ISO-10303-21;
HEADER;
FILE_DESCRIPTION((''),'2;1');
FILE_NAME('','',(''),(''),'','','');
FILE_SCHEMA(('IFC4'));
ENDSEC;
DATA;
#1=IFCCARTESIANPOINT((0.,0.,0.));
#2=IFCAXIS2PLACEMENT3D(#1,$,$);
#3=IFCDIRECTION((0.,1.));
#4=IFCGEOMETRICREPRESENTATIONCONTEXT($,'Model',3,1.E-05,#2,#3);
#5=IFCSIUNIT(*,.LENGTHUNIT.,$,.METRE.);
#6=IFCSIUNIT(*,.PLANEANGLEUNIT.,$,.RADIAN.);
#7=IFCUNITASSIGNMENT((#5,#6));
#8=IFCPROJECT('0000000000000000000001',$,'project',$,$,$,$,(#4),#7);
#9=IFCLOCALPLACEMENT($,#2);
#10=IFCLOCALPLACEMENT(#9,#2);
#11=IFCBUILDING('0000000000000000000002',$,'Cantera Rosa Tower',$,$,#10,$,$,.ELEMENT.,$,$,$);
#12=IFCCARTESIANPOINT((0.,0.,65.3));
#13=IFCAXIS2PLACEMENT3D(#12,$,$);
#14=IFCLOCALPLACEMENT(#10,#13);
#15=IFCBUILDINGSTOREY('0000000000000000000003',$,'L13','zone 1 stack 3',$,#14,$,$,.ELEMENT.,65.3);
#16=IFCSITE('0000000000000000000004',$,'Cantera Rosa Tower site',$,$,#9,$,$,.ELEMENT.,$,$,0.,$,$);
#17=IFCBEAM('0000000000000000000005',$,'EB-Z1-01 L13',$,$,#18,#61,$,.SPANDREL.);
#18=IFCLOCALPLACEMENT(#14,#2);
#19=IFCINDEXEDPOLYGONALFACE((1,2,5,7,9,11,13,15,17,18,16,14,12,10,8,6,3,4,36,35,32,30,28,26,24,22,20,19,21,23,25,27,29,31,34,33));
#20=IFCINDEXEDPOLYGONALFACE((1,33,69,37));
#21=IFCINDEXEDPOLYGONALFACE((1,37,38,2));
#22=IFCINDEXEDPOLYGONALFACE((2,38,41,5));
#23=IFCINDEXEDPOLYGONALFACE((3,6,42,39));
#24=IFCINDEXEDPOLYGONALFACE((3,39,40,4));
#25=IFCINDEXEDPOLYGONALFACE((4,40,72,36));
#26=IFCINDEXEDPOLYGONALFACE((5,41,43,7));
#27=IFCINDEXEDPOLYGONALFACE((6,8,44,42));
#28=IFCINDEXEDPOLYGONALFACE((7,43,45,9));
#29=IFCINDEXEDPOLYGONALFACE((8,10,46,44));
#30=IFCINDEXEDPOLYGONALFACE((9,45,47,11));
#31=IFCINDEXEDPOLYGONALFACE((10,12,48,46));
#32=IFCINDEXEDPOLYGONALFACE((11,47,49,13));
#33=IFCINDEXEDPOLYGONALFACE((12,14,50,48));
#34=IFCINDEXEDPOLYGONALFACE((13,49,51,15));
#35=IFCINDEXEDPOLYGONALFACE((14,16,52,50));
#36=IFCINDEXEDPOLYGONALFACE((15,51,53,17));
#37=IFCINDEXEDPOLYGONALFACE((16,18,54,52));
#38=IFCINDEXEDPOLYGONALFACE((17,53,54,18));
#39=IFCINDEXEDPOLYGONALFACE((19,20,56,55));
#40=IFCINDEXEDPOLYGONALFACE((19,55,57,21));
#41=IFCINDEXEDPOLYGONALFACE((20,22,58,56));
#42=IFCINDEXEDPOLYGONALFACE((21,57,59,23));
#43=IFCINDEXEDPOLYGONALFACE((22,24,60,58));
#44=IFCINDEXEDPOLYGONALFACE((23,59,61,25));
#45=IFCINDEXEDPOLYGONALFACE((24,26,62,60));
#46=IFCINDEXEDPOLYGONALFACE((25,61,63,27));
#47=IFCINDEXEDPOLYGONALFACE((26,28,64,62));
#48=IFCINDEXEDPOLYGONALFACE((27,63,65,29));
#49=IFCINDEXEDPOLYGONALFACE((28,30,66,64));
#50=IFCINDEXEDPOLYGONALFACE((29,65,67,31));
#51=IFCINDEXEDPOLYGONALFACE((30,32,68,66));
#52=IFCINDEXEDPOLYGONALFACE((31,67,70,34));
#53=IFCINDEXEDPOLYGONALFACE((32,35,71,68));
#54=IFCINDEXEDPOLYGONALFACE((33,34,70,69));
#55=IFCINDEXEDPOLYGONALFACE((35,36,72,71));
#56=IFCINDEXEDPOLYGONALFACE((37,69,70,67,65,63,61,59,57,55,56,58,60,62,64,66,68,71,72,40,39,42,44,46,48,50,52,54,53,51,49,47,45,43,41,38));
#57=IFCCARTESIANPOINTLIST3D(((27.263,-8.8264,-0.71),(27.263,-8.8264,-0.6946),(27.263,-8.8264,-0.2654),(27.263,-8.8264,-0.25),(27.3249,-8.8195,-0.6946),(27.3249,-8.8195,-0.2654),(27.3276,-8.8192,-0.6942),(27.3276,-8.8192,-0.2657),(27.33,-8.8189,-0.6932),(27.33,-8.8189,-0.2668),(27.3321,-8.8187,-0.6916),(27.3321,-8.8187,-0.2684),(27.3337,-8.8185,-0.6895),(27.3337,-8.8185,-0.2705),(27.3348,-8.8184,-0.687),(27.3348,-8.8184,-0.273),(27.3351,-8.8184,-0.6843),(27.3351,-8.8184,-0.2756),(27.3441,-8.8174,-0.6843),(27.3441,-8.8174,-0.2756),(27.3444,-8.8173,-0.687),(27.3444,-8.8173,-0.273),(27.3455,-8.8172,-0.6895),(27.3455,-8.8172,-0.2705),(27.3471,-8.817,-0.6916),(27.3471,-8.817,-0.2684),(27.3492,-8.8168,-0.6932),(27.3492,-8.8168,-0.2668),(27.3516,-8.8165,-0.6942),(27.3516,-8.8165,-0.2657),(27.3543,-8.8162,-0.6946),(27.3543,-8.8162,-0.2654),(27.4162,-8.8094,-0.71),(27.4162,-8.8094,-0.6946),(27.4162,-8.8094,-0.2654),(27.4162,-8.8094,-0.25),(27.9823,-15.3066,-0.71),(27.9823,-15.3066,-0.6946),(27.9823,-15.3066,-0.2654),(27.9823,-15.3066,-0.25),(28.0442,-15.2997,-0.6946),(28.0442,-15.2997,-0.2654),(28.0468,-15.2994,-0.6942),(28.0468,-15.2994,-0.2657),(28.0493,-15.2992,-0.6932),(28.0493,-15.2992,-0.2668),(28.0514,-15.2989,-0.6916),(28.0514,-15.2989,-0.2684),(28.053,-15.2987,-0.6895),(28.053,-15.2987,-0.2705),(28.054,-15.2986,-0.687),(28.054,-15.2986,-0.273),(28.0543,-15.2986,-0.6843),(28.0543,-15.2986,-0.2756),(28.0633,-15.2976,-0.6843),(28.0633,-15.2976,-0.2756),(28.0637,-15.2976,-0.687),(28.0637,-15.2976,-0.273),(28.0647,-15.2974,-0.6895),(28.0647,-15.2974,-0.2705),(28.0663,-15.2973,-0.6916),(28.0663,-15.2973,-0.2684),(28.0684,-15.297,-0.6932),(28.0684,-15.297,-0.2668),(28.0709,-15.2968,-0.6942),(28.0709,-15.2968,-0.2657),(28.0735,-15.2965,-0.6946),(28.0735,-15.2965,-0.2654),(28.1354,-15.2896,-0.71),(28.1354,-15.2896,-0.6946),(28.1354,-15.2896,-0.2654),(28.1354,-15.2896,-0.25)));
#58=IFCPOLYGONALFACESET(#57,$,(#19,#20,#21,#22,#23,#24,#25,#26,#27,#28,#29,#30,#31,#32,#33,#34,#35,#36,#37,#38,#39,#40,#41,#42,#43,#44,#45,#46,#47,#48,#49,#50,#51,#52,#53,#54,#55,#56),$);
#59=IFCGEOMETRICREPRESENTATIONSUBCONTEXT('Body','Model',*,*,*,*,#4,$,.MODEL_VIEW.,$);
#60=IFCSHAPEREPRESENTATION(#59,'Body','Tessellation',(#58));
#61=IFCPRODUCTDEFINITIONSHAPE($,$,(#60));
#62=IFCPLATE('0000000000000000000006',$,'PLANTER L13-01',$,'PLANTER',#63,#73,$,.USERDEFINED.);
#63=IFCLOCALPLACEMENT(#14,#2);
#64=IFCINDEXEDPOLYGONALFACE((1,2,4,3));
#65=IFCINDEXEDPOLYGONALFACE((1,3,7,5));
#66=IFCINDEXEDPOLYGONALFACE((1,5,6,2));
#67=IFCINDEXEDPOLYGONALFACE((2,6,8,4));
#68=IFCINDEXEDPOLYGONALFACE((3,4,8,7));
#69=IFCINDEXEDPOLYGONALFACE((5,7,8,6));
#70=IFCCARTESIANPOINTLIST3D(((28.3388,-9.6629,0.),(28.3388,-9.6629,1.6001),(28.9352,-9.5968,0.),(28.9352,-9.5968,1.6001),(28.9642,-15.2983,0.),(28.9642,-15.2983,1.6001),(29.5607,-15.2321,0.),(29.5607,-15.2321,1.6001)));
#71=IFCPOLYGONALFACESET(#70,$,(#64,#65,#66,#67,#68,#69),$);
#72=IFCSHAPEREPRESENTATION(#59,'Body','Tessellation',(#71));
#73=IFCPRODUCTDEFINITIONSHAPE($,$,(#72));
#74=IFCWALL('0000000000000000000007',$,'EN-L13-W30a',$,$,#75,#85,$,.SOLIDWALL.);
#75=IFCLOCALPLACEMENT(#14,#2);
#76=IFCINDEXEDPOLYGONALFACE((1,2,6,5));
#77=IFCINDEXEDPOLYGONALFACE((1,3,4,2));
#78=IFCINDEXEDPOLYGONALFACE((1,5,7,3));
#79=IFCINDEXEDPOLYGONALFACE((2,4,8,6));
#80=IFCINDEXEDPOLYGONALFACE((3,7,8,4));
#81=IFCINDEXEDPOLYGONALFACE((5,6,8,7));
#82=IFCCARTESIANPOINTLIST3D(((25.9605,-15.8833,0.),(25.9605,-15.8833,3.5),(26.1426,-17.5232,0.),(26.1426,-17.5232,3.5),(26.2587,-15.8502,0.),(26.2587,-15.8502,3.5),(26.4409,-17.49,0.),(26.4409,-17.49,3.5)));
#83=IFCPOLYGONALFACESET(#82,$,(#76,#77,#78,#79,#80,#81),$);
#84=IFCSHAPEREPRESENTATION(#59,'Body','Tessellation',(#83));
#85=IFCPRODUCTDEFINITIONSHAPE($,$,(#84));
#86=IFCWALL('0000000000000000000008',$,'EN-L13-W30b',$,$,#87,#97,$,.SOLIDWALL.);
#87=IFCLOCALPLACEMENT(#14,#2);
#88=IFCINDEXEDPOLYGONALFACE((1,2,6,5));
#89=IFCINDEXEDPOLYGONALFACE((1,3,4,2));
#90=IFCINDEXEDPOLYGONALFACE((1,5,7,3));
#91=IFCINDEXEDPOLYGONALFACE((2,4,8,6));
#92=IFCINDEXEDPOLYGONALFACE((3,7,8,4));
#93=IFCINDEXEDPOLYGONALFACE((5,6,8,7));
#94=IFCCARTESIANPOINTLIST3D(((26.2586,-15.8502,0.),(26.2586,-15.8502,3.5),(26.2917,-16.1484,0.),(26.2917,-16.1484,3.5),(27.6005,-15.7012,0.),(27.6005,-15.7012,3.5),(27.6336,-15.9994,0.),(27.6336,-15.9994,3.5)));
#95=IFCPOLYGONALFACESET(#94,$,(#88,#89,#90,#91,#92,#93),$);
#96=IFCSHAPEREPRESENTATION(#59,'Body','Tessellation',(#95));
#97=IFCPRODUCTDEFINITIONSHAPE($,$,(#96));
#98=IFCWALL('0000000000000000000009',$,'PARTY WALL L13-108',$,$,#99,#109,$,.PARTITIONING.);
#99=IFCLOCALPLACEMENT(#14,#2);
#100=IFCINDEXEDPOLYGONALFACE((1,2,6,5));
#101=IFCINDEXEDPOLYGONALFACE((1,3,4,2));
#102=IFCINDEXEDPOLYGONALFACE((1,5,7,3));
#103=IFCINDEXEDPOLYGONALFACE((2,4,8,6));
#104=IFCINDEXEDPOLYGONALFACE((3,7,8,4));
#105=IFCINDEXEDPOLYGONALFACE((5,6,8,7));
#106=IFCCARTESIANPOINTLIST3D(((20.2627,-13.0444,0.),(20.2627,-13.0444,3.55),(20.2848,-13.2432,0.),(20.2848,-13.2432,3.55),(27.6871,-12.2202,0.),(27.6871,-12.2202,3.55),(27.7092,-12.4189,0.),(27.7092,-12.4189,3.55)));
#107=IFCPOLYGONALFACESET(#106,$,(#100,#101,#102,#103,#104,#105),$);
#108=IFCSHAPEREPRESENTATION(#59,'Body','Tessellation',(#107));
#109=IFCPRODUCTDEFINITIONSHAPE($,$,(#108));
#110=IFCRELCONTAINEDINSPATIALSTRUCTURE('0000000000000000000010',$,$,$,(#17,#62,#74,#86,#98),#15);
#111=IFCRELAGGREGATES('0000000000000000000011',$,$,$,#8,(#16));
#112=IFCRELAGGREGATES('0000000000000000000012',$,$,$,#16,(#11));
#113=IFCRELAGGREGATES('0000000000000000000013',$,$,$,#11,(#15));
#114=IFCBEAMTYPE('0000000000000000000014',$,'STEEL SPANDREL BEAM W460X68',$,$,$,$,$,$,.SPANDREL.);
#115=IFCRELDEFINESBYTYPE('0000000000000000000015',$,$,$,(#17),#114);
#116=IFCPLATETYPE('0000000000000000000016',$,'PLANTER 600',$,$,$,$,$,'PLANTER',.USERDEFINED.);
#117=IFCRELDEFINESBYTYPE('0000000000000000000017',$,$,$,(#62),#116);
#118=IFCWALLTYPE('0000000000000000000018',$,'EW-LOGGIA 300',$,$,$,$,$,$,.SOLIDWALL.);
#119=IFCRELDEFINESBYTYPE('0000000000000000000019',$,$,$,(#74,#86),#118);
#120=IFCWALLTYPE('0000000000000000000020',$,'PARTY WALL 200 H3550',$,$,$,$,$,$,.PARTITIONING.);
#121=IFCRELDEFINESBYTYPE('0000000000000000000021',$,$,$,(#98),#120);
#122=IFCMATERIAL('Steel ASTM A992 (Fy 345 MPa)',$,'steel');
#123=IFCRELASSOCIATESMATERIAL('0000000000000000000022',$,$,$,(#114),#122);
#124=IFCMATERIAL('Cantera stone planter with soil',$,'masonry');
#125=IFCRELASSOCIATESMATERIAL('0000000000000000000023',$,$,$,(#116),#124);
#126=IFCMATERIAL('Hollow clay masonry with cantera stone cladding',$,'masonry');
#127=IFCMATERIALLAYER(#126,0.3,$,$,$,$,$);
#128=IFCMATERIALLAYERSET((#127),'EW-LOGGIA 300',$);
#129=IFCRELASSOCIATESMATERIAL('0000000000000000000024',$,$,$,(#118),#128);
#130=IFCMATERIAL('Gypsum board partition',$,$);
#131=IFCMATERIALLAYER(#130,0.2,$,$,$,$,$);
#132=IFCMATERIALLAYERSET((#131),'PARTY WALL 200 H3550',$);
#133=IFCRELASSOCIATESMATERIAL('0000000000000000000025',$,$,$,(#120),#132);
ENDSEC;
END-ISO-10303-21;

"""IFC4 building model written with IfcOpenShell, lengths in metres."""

from ifc_helpers import new_model, si_unit, direction, frame, frame_2d, origin, origin_2d, place, context, subcontext, project, spatial, rectangle, i_section, extrude, material, layer, layer_set, material_profile, profile_set, type_object, element, save


model = new_model("IFC4")

# Units and contexts
model_context = context("Model", 3, precision=1e-05, world=origin(), true_north=direction((0.0, 1.0)))
body_context = subcontext(model_context, "Body", "Model", "MODEL_VIEW")
ifc_project = project(units=[si_unit("LENGTHUNIT", "METRE"), si_unit("PLANEANGLEUNIT", "RADIAN")], contexts=[model_context])

# Site, building, storey
site_placement = place(None, origin())
site = spatial("IfcSite", under=ifc_project, at=site_placement, Name="Cantera Rosa Tower site", CompositionType="ELEMENT", RefElevation=0.0)
building_placement = place(site_placement, origin())
building = spatial("IfcBuilding", under=site, at=building_placement, Name="Cantera Rosa Tower", CompositionType="ELEMENT")
storey_placement = place(building_placement, frame((0.0, 0.0, 65.3)))
storey = spatial("IfcBuildingStorey", under=building, at=storey_placement, Name="L13", Description="zone 1 stack 3", CompositionType="ELEMENT", Elevation=65.3)

# Beam
ifc_material_1 = material(Name="Steel ASTM A992 (Fy 345 MPa)", Category="steel")
ifc_material_profile_1 = material_profile(ifc_material_1, i_section(OverallWidth=0.1541, OverallDepth=0.46, WebThickness=0.009, FlangeThickness=0.0154, FilletRadius=0.0103, at=origin_2d()), Name="W460X68")
ifc_profile_set_1 = profile_set([ifc_material_profile_1], Name="Steel ASTM A992 (Fy 345 MPa)")
beam_type_1 = type_object("IfcBeamType", Name="STEEL SPANDREL BEAM W460X68", PredefinedType="SPANDREL", material=ifc_profile_set_1)
beam_1_placement = place(storey_placement, frame((28.0588, -15.2981, -0.48), z_axis=(-0.110312, 0.993897, 0.0), x_axis=(-0.993897, -0.110312, 0.0)))
element("IfcBeam", 1, at=beam_1_placement, inside=storey, type_object=beam_type_1, Name="EB-Z1-01 L13", PredefinedType="SPANDREL", context=body_context, shape_type="SweptSolid", body=[
    extrude(i_section(OverallWidth=0.1541, OverallDepth=0.46, WebThickness=0.009, FlangeThickness=0.0154, FilletRadius=0.0103, at=origin_2d()), origin(), (0.0, 0.0, 1.0), 6.52),
])

# Plate
ifc_material_2 = material(Name="Cantera stone planter with soil", Category="masonry")
plate_type = type_object("IfcPlateType", Name="PLANTER 600", ElementType="PLANTER", PredefinedType="USERDEFINED", material=ifc_material_2)
plate_placement = place(storey_placement, frame((28.9497, -12.4475, 0.0), z_axis=(0.0, 0.0, 1.0), x_axis=(-0.110313, 0.993897, 0.0)))
element("IfcPlate", 2, at=plate_placement, inside=storey, type_object=plate_type, Name="PLANTER L13-01", ObjectType="PLANTER", PredefinedType="USERDEFINED", context=body_context, shape_type="SweptSolid", body=[
    extrude(rectangle(XDim=5.6699, YDim=0.6001, at=origin_2d()), origin(), (0.0, 0.0, 1.0), 1.6001),
])

# Walls
ifc_material_3 = material(Name="Hollow clay masonry with cantera stone cladding", Category="masonry")
ifc_layer_1 = layer(ifc_material_3, 0.3)
ifc_layer_set_1 = layer_set([ifc_layer_1], Name="EW-LOGGIA 300")
wall_type_1 = type_object("IfcWallType", Name="EW-LOGGIA 300", PredefinedType="SOLIDWALL", material=ifc_layer_set_1)
wall_1_placement = place(storey_placement, frame((26.2917, -17.5066, 0.0), z_axis=(0.0, 0.0, 1.0), x_axis=(-0.110383, 0.993889, 0.0)))
element("IfcWall", 3, at=wall_1_placement, inside=storey, type_object=wall_type_1, Name="EN-L13-W30a", PredefinedType="SOLIDWALL", context=body_context, shape_type="SweptSolid", body=[
    extrude(rectangle(XDim=1.6499, YDim=0.3, at=frame_2d((0.825, 0.0))), origin(), (0.0, 0.0, 1.0), 3.5),
])
wall_2_placement = place(storey_placement, frame((26.2751, -15.9993, 0.0), z_axis=(0.0, 0.0, 1.0), x_axis=(0.993897, 0.110312, 0.0)))
element("IfcWall", 4, at=wall_2_placement, inside=storey, type_object=wall_type_1, Name="EN-L13-W30b", PredefinedType="SOLIDWALL", context=body_context, shape_type="SweptSolid", body=[
    extrude(rectangle(XDim=1.3501, YDim=0.3, at=frame_2d((0.675, 0.0))), origin(), (0.0, 0.0, 1.0), 3.5),
])

# Wall
ifc_material_4 = material(Name="Gypsum board partition")
ifc_layer_2 = layer(ifc_material_4, 0.2)
ifc_layer_set_2 = layer_set([ifc_layer_2], Name="PARTY WALL 200 H3550")
wall_type_2 = type_object("IfcWallType", Name="PARTY WALL 200 H3550", PredefinedType="PARTITIONING", material=ifc_layer_set_2)
wall_3_placement = place(storey_placement, frame((27.698, -12.3196, 0.0), z_axis=(0.0, 0.0, 1.0), x_axis=(-0.993894, -0.110338, 0.0)))
element("IfcWall", 5, at=wall_3_placement, inside=storey, type_object=wall_type_2, Name="PARTY WALL L13-108", PredefinedType="PARTITIONING", context=body_context, shape_type="SweptSolid", body=[
    extrude(rectangle(XDim=7.47, YDim=0.2, at=frame_2d((3.7349, 0.0))), origin(), (0.0, 0.0, 1.0), 3.55),
])

save(model, "model.ifc")
